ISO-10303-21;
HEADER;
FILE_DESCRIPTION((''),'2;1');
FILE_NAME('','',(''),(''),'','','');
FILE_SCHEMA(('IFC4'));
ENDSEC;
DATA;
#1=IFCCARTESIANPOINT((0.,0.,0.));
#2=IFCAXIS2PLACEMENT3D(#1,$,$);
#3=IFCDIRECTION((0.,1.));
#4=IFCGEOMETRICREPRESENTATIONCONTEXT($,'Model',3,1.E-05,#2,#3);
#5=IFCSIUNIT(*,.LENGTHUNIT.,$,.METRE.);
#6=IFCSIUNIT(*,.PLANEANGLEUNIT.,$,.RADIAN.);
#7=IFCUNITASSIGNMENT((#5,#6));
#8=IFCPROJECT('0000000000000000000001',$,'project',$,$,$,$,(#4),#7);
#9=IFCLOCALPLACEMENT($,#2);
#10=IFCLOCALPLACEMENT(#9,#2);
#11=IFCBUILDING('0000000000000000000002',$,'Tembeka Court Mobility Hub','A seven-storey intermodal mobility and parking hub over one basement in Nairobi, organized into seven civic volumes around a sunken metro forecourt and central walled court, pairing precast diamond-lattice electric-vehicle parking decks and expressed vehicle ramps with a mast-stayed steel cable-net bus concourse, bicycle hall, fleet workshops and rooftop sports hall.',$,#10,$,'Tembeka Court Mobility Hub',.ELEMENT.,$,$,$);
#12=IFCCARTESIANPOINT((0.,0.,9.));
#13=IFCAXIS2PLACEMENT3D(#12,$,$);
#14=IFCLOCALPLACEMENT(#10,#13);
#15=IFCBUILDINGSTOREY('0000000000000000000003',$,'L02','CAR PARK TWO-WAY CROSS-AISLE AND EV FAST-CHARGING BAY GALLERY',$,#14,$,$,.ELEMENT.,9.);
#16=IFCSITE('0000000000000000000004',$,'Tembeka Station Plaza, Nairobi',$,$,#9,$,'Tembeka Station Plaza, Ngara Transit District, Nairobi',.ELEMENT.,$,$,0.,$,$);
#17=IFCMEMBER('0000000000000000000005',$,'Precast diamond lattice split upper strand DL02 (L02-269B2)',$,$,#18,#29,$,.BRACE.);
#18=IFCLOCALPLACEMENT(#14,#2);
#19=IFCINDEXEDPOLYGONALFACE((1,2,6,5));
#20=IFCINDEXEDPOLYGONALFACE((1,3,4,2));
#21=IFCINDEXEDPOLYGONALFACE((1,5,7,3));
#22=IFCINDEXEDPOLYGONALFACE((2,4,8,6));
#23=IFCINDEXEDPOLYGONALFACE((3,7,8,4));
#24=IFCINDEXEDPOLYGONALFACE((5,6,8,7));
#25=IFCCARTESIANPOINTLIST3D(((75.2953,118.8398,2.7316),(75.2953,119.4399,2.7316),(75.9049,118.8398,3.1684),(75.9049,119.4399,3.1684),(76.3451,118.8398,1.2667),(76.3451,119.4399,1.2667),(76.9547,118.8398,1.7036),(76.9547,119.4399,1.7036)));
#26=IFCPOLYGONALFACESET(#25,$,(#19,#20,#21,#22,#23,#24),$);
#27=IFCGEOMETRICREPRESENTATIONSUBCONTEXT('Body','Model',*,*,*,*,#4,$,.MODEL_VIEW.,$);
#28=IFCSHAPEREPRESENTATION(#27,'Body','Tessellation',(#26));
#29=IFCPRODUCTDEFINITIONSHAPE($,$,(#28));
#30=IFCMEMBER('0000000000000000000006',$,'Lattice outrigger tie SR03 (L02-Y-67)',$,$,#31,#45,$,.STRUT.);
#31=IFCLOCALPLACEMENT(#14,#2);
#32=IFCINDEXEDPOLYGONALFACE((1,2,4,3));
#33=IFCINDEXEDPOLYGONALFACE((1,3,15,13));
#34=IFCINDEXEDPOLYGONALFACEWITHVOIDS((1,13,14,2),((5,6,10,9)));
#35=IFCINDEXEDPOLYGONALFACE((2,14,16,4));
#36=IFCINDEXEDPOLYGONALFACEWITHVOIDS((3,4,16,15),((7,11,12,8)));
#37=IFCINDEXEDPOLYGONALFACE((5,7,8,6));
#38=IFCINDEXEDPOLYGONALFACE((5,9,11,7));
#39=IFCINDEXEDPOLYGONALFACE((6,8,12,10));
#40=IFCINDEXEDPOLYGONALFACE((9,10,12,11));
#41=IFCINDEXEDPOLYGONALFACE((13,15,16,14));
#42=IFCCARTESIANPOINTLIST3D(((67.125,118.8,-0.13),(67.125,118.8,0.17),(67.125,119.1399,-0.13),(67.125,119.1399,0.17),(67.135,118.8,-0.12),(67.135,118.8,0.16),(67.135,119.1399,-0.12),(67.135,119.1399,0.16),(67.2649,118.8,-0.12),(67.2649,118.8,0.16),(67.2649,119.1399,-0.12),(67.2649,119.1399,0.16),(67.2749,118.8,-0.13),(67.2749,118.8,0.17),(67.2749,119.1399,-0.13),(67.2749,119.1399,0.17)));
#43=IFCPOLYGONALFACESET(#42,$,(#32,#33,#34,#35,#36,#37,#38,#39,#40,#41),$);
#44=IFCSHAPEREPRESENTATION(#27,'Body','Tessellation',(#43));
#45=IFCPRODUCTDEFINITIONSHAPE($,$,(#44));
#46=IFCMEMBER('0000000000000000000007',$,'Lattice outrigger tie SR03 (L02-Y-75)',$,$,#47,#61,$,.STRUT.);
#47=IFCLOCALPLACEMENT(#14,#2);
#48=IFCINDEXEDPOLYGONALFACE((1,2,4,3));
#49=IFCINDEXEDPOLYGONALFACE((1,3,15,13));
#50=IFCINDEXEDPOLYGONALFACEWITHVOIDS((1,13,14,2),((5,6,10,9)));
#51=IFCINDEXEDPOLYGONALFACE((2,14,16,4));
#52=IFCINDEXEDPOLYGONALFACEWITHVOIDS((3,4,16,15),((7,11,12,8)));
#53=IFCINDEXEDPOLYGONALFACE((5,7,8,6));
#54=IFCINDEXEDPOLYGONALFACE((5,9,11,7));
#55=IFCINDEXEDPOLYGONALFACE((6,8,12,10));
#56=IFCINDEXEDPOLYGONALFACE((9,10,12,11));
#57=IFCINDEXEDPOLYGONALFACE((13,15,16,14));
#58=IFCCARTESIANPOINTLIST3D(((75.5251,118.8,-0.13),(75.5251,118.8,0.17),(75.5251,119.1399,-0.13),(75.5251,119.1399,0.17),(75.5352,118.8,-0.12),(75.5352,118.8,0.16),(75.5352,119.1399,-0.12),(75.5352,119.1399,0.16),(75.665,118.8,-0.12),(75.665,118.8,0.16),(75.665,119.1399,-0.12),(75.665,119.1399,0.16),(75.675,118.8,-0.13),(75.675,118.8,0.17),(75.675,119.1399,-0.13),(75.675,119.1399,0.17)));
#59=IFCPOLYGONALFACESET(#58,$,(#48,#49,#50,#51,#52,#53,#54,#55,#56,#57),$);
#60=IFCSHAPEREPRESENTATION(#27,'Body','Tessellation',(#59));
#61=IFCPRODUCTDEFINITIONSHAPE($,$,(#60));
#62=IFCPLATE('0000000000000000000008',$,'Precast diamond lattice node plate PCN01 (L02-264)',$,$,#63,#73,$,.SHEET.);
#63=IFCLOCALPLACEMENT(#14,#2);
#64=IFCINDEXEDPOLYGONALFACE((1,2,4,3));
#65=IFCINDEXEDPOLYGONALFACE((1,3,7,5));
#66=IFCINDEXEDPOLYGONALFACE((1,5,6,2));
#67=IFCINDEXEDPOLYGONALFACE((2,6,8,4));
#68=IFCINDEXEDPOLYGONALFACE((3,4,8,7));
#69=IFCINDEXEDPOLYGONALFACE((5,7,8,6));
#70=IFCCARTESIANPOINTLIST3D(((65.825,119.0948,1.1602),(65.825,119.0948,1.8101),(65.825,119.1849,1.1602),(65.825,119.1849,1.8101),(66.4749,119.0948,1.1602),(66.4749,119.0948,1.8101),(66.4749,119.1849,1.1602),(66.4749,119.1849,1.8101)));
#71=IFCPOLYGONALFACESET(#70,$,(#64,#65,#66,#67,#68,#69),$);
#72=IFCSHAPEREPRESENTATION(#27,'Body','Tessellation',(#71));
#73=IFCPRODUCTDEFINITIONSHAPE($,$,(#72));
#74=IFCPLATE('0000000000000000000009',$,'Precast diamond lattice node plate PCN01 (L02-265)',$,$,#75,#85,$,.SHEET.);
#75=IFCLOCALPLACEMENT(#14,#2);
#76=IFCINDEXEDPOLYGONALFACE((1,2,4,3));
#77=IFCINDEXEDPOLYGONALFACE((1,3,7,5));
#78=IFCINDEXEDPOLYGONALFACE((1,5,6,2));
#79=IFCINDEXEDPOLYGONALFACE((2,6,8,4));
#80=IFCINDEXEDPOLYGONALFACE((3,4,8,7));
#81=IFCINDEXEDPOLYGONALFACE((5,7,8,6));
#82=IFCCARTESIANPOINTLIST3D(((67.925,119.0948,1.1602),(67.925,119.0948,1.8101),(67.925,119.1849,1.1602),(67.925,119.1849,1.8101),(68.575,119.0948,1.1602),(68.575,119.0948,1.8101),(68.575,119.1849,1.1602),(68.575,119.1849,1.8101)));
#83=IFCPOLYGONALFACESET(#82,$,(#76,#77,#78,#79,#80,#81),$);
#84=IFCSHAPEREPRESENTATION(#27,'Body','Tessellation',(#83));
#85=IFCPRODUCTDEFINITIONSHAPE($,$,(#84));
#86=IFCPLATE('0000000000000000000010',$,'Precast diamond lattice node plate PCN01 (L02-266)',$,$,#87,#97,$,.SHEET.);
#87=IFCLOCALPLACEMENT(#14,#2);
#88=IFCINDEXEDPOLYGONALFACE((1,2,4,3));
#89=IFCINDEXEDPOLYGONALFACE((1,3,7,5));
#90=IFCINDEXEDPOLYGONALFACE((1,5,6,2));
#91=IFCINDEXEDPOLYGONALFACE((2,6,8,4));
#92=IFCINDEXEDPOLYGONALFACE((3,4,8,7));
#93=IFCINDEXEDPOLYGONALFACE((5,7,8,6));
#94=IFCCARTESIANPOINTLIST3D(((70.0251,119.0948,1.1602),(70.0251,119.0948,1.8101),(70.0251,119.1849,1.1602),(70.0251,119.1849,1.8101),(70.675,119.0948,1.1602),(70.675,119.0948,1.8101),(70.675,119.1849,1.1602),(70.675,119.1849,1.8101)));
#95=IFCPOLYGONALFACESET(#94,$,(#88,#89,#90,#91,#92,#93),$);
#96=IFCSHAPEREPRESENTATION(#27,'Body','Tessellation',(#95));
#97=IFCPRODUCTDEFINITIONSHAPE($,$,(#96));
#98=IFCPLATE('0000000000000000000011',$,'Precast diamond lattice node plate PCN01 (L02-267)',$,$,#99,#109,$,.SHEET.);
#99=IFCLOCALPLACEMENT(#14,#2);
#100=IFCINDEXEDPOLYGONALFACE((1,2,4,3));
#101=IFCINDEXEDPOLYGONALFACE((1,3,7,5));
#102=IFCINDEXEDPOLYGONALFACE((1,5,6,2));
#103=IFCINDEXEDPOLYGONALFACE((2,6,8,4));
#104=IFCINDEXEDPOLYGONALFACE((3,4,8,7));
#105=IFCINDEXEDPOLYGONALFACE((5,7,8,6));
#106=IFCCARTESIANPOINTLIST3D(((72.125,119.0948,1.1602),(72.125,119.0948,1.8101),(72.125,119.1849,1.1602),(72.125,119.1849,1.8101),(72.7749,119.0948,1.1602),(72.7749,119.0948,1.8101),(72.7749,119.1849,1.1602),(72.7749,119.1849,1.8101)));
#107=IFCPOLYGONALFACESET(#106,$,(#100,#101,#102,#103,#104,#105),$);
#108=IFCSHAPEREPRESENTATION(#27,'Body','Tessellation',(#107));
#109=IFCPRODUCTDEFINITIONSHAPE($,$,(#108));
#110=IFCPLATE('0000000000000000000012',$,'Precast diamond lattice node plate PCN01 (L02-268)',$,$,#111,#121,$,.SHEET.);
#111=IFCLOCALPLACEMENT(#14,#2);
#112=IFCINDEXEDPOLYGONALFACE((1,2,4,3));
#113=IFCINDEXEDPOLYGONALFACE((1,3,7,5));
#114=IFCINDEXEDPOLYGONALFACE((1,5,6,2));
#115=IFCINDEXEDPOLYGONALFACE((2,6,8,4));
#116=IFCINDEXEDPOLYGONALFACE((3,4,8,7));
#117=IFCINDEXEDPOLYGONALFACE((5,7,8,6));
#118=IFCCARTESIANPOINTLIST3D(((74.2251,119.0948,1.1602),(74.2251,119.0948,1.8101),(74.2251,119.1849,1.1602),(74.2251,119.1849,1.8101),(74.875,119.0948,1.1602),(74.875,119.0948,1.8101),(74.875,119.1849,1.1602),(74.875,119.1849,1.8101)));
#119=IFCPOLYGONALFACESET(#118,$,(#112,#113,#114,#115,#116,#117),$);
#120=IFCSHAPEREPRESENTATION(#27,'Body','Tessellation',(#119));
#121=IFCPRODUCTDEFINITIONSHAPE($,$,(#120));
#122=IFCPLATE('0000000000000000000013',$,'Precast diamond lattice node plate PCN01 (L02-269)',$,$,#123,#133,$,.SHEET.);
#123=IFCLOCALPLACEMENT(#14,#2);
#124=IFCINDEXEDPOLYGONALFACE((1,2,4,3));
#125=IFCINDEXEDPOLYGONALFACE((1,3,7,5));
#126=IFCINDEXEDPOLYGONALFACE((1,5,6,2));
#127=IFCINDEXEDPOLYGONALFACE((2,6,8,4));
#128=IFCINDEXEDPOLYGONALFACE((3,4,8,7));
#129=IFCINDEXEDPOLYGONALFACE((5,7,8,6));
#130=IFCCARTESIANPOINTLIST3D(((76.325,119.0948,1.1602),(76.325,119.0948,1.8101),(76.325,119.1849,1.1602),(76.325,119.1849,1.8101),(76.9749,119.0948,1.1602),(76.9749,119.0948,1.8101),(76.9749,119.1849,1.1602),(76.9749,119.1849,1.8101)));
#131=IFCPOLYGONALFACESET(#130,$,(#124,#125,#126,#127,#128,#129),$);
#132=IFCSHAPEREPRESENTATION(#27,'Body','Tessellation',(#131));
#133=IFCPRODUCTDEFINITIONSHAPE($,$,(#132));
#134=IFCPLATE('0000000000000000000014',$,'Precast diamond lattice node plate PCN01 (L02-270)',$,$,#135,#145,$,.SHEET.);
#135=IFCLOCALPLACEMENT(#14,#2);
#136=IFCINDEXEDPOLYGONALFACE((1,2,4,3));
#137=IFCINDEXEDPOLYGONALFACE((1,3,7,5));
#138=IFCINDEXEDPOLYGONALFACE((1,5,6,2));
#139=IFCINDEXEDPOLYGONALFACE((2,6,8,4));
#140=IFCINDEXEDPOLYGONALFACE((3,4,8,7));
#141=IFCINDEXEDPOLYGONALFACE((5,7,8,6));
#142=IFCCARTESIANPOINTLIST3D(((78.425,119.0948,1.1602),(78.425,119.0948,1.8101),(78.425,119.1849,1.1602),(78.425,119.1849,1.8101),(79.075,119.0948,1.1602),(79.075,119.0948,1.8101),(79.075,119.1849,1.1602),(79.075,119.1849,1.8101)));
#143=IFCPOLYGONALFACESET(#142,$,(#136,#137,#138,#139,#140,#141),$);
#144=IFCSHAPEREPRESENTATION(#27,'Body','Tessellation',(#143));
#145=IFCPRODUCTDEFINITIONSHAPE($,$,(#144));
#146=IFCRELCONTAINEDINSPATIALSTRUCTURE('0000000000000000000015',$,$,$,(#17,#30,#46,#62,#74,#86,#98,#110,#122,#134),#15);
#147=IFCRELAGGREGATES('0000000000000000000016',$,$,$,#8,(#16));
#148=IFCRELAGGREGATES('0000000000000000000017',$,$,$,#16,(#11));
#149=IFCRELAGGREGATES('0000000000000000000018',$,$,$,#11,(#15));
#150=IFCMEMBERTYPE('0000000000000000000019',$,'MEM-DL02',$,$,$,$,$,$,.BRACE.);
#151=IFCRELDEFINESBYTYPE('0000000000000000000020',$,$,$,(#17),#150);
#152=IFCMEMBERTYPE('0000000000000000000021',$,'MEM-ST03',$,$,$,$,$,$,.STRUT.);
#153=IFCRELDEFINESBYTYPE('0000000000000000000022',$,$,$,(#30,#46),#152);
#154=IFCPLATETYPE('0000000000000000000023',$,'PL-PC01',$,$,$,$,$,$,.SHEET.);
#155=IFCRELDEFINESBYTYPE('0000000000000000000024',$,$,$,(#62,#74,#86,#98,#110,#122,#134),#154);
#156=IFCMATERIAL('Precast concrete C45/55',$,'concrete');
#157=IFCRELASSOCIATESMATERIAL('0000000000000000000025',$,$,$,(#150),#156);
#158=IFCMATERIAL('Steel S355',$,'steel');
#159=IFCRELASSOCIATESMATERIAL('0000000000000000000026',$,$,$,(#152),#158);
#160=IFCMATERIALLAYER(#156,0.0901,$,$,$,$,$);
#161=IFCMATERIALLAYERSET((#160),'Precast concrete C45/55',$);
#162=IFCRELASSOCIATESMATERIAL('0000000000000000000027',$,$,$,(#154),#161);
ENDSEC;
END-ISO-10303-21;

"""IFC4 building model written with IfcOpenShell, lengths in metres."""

from ifc_helpers import new_model, si_unit, direction, frame, origin, origin_2d, place, context, subcontext, project, spatial, rectangle, hollow_rectangle, extrude, material, layer, layer_set, material_profile, profile_set, type_object, element, save


model = new_model("IFC4")

# Units and contexts
model_context = context("Model", 3, precision=1e-05, world=origin(), true_north=direction((0.0, 1.0)))
body_context = subcontext(model_context, "Body", "Model", "MODEL_VIEW")
ifc_project = project(units=[si_unit("LENGTHUNIT", "METRE"), si_unit("PLANEANGLEUNIT", "RADIAN")], contexts=[model_context])

# Site, building, storey
site_placement = place(None, origin())
site = spatial("IfcSite", under=ifc_project, at=site_placement, Name="Tembeka Station Plaza, Nairobi", LongName="Tembeka Station Plaza, Ngara Transit District, Nairobi", CompositionType="ELEMENT", RefElevation=0.0)
building_placement = place(site_placement, origin())
building = spatial("IfcBuilding", under=site, at=building_placement, Name="Tembeka Court Mobility Hub", Description="A seven-storey intermodal mobility and parking hub over one basement in Nairobi, organized into seven civic volumes around a sunken metro forecourt and central walled court, pairing precast diamond-lattice electric-vehicle parking decks and expressed vehicle ramps with a mast-stayed steel cable-net bus concourse, bicycle hall, fleet workshops and rooftop sports hall.", LongName="Tembeka Court Mobility Hub", CompositionType="ELEMENT")
storey_placement = place(building_placement, frame((0.0, 0.0, 9.0)))
storey = spatial("IfcBuildingStorey", under=building, at=storey_placement, Name="L02", Description="CAR PARK TWO-WAY CROSS-AISLE AND EV FAST-CHARGING BAY GALLERY", CompositionType="ELEMENT", Elevation=9.0)

# Shared definitions
ifc_material_1 = material(Name="Steel S355", Category="steel")

# Shared definitions
ifc_material_2 = material(Name="Precast concrete C45/55", Category="concrete")

# Members
ifc_material_profile_1 = material_profile(ifc_material_2, rectangle(XDim=0.6001, YDim=0.75, at=origin_2d()), Name="PC-DIAG 600x750")
ifc_profile_set_1 = profile_set([ifc_material_profile_1], Name="Precast concrete C45/55")
member_type_1 = type_object("IfcMemberType", Name="MEM-DL02", PredefinedType="BRACE", material=ifc_profile_set_1)
member_1_placement = place(storey_placement, frame((76.6499, 119.1399, 1.4851), z_axis=(-0.582519, 0.0, 0.812817), x_axis=(0.0, -1.0, 0.0)))
element("IfcMember", 1, at=member_1_placement, inside=storey, type_object=member_type_1, Name="Precast diamond lattice split upper strand DL02 (L02-269B2)", PredefinedType="BRACE", context=body_context, shape_type="SweptSolid", body=[
    extrude(rectangle(XDim=0.6001, YDim=0.75, at=origin_2d()), origin(), (0.0, 0.0, 1.0), 1.8022),
])
ifc_material_profile_2 = material_profile(ifc_material_1, hollow_rectangle(XDim=0.1499, YDim=0.3, WallThickness=0.01, at=origin_2d()), Name="RHS 300x150x10")
ifc_profile_set_2 = profile_set([ifc_material_profile_2], Name="Steel S355")
member_type_2 = type_object("IfcMemberType", Name="MEM-ST03", PredefinedType="STRUT", material=ifc_profile_set_2)
for number, where, z_axis, x_axis, name in (
    (2, (67.2, 118.8, 0.02), (0.0, 1.0, 0.0), (-1.0, 0.0, 0.0), "Lattice outrigger tie SR03 (L02-Y-67)"),
    (3, (75.6001, 118.8, 0.02), (0.0, 1.0, 0.0), (-1.0, 0.0, 0.0), "Lattice outrigger tie SR03 (L02-Y-75)"),
):
    element("IfcMember", number, at=place(storey_placement, frame(where, z_axis=z_axis, x_axis=x_axis)), inside=storey, type_object=member_type_2, Name=name, PredefinedType="STRUT", context=body_context, shape_type="SweptSolid", body=[
        extrude(hollow_rectangle(XDim=0.1499, YDim=0.3, WallThickness=0.01, at=origin_2d()), origin(), (0.0, 0.0, 1.0), 0.3398),
    ])

# Plates
ifc_layer = layer(ifc_material_2, 0.0901)
ifc_layer_set = layer_set([ifc_layer], Name="Precast concrete C45/55")
plate_type = type_object("IfcPlateType", Name="PL-PC01", PredefinedType="SHEET", material=ifc_layer_set)
for number, where, z_axis, x_axis, name in (
    (4, (66.1499, 119.1399, 1.1602), (0.0, 0.0, 1.0), (1.0, 0.0, 0.0), "Precast diamond lattice node plate PCN01 (L02-264)"),
    (5, (68.25, 119.1399, 1.1602), (0.0, 0.0, 1.0), (1.0, 0.0, 0.0), "Precast diamond lattice node plate PCN01 (L02-265)"),
    (6, (70.3501, 119.1399, 1.1602), (0.0, 0.0, 1.0), (1.0, 0.0, 0.0), "Precast diamond lattice node plate PCN01 (L02-266)"),
    (7, (72.45, 119.1399, 1.1602), (0.0, 0.0, 1.0), (1.0, 0.0, 0.0), "Precast diamond lattice node plate PCN01 (L02-267)"),
    (8, (74.55, 119.1399, 1.1602), (0.0, 0.0, 1.0), (1.0, 0.0, 0.0), "Precast diamond lattice node plate PCN01 (L02-268)"),
    (9, (76.6499, 119.1399, 1.1602), (0.0, 0.0, 1.0), (1.0, 0.0, 0.0), "Precast diamond lattice node plate PCN01 (L02-269)"),
    (10, (78.75, 119.1399, 1.1602), (0.0, 0.0, 1.0), (1.0, 0.0, 0.0), "Precast diamond lattice node plate PCN01 (L02-270)"),
):
    element("IfcPlate", number, at=place(storey_placement, frame(where, z_axis=z_axis, x_axis=x_axis)), inside=storey, type_object=plate_type, Name=name, PredefinedType="SHEET", context=body_context, shape_type="SweptSolid", body=[
        extrude(rectangle(XDim=0.6499, YDim=0.0901, at=origin_2d()), origin(), (0.0, 0.0, 1.0), 0.6499),
    ])

save(model, "model.ifc")
